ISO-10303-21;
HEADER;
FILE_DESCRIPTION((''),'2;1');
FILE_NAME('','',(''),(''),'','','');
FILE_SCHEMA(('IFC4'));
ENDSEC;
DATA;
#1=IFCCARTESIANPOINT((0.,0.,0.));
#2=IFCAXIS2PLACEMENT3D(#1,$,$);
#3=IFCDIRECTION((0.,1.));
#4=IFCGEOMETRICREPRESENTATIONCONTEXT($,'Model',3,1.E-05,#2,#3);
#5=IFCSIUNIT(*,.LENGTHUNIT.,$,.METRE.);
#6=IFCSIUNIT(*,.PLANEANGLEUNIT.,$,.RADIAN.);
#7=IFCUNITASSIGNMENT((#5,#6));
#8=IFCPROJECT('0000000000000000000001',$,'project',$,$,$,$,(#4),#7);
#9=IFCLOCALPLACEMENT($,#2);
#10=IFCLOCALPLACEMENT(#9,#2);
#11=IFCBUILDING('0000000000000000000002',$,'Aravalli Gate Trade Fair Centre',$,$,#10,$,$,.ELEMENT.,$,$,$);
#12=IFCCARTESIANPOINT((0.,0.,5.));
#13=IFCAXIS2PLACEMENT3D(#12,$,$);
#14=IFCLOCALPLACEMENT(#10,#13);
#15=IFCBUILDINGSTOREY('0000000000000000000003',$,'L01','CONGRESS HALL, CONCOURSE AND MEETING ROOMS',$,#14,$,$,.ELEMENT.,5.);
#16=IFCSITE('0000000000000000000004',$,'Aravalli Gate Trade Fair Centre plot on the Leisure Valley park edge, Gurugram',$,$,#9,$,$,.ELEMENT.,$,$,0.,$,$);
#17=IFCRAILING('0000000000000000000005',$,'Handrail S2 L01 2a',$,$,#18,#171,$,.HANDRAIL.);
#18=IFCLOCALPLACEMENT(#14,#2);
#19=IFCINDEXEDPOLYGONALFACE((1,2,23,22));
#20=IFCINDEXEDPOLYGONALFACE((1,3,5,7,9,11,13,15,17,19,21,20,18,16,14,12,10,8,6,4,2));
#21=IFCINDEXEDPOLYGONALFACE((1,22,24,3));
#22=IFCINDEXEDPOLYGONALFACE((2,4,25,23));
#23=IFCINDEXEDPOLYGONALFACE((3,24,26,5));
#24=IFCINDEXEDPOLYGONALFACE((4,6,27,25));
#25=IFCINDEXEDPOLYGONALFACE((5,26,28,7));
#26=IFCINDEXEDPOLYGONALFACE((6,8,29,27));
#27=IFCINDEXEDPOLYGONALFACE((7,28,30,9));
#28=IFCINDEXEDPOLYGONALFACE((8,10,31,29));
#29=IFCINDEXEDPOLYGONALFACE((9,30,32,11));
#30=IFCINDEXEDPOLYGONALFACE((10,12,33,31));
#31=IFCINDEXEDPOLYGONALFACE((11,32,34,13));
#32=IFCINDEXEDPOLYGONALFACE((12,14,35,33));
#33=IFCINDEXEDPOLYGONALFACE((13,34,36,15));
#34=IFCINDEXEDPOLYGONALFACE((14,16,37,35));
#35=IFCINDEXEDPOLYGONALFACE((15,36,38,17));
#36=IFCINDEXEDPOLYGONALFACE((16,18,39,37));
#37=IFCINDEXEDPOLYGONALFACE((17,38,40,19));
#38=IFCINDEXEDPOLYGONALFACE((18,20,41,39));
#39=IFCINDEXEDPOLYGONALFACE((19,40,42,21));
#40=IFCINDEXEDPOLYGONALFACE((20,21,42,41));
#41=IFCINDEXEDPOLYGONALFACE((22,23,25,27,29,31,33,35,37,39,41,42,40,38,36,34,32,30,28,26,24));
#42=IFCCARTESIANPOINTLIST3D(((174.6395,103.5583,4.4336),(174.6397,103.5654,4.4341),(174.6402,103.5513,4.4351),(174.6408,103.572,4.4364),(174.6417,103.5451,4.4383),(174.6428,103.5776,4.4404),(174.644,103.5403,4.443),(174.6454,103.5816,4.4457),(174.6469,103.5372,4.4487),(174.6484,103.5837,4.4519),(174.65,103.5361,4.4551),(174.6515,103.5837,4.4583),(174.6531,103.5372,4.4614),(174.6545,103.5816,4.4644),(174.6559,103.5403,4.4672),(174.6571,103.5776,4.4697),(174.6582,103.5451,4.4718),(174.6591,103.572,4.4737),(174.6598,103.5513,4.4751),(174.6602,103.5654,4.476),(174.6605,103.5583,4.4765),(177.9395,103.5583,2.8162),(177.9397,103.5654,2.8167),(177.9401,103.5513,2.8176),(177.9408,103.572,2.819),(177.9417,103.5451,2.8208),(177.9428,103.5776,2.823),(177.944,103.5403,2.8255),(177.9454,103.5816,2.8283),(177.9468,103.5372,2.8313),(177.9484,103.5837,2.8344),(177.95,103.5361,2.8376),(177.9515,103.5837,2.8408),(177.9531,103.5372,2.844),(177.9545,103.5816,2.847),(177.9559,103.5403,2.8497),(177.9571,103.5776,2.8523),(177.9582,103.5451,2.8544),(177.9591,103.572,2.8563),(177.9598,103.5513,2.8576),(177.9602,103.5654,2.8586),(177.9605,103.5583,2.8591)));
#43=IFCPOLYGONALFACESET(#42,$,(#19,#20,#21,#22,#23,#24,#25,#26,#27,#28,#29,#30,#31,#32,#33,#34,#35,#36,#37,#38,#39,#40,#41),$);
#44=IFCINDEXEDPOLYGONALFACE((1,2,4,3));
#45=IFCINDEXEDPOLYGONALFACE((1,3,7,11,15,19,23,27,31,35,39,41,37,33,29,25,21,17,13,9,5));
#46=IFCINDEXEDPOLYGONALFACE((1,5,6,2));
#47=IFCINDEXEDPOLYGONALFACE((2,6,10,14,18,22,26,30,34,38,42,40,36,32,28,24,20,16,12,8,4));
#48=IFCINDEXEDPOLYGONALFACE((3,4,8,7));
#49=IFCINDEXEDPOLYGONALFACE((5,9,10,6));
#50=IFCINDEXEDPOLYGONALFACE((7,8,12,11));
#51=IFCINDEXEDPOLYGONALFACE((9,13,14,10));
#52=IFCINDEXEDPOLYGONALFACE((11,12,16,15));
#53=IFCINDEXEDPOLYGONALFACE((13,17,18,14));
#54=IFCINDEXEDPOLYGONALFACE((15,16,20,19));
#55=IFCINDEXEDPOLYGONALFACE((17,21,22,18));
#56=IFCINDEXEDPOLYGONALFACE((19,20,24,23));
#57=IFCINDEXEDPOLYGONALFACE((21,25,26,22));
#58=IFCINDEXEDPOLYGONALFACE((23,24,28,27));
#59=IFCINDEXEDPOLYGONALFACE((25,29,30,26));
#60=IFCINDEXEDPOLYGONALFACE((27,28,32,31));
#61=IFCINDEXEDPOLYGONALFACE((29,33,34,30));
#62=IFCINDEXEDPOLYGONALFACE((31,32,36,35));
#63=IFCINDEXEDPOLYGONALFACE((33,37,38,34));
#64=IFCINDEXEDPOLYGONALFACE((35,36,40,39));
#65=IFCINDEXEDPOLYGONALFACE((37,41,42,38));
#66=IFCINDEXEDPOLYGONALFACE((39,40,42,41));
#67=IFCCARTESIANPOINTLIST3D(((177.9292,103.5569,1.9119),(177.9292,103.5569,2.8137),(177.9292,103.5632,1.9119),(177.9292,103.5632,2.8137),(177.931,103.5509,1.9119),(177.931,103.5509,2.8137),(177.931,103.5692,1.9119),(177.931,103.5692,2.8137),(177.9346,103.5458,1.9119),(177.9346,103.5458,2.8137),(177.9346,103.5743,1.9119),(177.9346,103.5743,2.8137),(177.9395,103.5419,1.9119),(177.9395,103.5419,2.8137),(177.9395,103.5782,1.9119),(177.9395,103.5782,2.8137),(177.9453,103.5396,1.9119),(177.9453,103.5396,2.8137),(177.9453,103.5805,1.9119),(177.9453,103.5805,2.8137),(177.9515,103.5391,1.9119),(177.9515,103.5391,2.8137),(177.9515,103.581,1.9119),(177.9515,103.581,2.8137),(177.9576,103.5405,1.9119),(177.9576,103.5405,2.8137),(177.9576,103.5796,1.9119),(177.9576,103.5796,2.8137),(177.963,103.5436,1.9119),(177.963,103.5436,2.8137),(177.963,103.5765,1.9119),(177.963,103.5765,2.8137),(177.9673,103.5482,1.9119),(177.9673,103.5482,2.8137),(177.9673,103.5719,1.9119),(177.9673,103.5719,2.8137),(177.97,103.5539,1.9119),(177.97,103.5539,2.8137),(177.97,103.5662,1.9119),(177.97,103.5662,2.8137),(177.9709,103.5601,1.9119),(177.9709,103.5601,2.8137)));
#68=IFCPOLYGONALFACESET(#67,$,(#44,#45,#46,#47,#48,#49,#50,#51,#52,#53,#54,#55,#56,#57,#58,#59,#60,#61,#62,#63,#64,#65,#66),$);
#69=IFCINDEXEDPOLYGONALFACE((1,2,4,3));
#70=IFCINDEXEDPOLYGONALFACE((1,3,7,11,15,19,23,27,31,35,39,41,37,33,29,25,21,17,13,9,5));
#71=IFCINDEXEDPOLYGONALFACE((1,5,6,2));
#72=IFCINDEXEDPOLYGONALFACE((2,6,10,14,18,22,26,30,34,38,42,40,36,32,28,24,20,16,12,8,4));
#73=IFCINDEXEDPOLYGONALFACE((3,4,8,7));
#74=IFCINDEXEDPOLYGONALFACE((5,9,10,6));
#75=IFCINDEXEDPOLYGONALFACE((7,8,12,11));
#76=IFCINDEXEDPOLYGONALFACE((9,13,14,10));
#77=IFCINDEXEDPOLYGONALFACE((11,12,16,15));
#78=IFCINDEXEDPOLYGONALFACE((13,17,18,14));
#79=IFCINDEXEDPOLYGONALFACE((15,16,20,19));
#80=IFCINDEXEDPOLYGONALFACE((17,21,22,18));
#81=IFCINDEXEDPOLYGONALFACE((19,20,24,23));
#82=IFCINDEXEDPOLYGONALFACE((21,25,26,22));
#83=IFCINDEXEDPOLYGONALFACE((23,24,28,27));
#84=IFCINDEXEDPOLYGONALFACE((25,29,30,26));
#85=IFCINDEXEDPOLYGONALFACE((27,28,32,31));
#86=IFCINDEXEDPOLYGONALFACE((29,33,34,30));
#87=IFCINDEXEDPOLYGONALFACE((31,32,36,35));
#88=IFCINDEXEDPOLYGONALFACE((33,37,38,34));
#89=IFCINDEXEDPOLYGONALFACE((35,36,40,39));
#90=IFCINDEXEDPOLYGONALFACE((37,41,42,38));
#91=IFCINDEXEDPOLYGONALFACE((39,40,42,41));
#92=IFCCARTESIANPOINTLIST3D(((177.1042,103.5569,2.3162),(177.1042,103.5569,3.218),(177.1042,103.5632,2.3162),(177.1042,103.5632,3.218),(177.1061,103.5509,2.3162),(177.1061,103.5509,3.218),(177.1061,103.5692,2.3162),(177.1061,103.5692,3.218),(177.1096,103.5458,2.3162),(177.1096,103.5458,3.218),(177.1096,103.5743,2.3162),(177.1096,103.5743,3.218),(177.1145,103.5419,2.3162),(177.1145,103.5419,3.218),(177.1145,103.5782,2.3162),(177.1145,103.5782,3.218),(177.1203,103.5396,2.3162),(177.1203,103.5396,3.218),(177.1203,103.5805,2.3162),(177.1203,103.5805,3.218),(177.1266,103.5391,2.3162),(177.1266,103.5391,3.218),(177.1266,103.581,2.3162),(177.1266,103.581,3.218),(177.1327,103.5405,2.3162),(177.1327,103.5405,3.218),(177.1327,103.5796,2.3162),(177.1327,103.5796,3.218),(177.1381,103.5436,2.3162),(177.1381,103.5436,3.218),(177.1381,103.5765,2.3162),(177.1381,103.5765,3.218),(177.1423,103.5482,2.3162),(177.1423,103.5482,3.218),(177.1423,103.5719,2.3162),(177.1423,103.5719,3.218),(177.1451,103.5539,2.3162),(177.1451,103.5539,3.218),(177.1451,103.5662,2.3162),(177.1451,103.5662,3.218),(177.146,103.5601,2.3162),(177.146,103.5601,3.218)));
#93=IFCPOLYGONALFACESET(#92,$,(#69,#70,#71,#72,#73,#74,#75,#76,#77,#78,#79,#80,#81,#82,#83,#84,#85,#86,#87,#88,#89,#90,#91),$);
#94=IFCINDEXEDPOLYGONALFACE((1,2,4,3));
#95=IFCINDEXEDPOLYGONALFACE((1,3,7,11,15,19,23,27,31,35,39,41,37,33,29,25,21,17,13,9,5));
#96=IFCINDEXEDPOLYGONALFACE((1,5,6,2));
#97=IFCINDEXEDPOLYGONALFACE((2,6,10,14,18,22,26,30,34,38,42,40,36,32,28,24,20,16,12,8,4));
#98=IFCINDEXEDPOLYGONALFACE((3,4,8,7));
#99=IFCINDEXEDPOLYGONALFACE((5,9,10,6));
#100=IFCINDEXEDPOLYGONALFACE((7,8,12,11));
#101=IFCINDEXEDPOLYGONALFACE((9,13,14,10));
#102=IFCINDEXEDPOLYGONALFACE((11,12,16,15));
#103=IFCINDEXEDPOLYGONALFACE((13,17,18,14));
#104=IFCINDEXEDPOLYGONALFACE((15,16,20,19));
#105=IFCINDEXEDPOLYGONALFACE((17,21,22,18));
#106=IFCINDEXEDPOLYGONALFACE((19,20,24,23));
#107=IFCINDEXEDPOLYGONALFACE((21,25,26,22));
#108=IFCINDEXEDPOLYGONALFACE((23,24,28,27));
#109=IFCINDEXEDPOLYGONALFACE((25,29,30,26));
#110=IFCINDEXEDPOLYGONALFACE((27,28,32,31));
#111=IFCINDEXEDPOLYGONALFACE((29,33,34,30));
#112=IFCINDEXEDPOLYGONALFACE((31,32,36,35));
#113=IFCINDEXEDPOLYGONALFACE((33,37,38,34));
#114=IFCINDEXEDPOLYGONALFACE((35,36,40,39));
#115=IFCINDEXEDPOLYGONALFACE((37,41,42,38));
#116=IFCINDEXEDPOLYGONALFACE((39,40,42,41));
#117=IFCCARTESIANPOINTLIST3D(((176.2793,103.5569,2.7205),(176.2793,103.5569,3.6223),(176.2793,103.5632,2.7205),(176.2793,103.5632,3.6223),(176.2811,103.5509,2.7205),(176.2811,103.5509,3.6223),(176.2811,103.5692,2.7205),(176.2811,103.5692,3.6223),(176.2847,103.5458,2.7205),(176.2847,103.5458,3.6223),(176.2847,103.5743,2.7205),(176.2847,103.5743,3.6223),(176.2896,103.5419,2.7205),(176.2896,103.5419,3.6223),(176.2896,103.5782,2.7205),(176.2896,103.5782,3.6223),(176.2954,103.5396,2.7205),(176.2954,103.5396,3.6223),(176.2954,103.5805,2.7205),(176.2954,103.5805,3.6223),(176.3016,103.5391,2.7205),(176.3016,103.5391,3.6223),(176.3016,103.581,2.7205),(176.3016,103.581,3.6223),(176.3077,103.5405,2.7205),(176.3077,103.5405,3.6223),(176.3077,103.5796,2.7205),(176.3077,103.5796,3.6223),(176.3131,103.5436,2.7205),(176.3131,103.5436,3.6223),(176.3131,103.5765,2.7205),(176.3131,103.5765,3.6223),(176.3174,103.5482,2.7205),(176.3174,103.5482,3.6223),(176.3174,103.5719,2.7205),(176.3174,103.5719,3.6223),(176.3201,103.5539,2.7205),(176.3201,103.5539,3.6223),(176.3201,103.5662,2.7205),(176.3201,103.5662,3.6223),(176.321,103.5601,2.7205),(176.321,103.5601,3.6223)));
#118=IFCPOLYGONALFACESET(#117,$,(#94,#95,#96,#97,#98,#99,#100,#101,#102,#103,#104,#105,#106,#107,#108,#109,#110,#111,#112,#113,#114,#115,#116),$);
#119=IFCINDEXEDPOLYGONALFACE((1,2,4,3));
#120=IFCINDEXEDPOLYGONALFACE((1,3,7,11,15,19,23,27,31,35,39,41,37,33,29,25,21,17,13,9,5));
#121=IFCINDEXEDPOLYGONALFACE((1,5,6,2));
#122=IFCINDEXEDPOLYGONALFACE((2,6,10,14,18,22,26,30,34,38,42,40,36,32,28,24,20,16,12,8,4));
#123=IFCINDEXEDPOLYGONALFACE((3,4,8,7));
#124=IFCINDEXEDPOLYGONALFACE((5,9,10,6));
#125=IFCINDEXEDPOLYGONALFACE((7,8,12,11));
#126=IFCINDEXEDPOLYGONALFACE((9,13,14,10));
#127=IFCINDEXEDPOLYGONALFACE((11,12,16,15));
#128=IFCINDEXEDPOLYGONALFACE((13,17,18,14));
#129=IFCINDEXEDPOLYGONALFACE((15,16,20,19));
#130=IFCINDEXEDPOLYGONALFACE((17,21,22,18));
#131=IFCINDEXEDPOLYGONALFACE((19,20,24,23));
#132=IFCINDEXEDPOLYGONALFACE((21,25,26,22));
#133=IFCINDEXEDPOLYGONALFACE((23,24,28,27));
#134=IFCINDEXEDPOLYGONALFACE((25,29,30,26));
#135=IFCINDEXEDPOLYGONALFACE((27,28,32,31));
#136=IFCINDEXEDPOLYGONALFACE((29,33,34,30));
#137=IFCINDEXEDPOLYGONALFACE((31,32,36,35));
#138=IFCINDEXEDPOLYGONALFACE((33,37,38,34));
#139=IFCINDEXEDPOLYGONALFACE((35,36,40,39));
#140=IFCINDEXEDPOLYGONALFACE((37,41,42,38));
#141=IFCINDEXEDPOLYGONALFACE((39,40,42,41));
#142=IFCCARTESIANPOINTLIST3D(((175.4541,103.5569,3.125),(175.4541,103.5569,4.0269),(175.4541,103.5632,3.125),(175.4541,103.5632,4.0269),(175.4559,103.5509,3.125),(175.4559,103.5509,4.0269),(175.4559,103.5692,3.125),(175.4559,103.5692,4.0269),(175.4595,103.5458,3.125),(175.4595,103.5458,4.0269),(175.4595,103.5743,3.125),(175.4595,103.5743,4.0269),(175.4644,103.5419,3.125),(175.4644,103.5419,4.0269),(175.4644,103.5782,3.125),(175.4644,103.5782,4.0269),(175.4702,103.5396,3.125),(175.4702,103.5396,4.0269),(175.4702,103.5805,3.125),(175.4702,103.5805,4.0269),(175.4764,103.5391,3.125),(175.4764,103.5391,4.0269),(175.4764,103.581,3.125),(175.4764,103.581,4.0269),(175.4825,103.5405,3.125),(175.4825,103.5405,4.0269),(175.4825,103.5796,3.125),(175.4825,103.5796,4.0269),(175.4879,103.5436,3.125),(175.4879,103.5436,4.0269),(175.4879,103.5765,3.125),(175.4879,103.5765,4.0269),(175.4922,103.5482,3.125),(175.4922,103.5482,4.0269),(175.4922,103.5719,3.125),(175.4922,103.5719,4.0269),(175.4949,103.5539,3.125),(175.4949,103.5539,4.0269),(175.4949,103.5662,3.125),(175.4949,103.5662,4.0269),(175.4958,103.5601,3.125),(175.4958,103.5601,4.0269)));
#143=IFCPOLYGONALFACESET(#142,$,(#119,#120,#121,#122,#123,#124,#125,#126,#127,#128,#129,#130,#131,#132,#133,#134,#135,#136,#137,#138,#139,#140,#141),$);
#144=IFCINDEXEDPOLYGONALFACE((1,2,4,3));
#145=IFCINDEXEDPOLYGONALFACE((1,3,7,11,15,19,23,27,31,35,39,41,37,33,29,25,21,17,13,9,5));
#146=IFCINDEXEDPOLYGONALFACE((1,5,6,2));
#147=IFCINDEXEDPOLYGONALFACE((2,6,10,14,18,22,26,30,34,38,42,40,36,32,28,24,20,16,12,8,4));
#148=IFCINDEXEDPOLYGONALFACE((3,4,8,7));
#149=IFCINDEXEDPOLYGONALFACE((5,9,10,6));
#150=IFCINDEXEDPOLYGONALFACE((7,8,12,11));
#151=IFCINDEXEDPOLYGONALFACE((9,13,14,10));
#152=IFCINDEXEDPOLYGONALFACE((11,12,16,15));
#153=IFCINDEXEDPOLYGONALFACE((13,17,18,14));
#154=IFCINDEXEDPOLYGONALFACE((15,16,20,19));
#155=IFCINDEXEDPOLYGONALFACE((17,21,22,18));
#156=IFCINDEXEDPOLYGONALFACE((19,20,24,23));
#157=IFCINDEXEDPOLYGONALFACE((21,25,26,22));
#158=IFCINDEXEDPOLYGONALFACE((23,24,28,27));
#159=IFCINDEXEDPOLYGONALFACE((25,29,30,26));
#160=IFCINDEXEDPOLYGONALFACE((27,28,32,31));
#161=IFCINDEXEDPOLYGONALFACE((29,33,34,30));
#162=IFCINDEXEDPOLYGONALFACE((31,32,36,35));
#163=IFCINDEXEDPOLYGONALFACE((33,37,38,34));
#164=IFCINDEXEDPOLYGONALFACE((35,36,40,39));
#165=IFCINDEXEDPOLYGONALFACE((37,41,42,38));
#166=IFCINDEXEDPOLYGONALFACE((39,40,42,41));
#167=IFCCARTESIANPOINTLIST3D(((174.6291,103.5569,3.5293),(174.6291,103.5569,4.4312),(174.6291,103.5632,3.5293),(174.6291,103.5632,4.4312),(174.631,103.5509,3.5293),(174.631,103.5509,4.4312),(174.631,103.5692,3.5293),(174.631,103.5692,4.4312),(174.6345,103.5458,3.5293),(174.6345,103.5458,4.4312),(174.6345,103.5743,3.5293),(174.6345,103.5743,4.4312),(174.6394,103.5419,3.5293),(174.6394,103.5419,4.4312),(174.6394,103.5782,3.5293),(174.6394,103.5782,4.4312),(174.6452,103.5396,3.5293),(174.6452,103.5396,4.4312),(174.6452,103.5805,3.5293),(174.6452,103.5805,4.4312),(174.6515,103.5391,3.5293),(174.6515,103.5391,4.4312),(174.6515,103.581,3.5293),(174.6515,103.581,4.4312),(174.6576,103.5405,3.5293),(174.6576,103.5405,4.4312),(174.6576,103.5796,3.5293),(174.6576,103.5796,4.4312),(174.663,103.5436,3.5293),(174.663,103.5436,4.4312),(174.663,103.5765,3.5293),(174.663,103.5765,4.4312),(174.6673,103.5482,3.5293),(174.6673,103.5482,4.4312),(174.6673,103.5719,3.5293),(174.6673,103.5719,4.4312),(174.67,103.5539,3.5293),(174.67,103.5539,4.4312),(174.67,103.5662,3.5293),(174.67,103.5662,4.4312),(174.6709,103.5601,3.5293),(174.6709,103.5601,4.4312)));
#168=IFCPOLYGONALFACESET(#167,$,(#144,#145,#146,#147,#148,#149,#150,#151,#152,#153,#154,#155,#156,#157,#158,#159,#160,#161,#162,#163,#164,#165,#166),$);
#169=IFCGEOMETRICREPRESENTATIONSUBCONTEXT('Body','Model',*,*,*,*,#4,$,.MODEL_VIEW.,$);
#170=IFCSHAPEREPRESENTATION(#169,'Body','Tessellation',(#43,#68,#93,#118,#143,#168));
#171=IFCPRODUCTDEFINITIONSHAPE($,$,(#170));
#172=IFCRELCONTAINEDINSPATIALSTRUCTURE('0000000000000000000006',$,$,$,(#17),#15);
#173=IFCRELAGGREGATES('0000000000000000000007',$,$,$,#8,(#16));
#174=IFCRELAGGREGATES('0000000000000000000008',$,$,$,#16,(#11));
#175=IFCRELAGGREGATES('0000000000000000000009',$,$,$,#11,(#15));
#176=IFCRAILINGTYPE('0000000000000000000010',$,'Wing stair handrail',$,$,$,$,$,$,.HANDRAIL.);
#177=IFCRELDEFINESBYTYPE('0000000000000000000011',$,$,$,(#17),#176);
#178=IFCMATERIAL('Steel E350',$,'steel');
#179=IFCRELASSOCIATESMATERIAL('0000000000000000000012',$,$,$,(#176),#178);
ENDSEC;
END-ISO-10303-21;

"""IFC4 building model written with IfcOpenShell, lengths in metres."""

from ifc_helpers import new_model, si_unit, direction, frame, origin, origin_2d, place, context, subcontext, project, spatial, circle, extrude, material, type_object, element, save


model = new_model("IFC4")

# Units and contexts
model_context = context("Model", 3, precision=1e-05, world=origin(), true_north=direction((0.0, 1.0)))
body_context = subcontext(model_context, "Body", "Model", "MODEL_VIEW")
ifc_project = project(units=[si_unit("LENGTHUNIT", "METRE"), si_unit("PLANEANGLEUNIT", "RADIAN")], contexts=[model_context])

# Site, building, storey
site_placement = place(None, origin())
site = spatial("IfcSite", under=ifc_project, at=site_placement, Name="Aravalli Gate Trade Fair Centre plot on the Leisure Valley park edge, Gurugram", CompositionType="ELEMENT", RefElevation=0.0)
building_placement = place(site_placement, origin())
building = spatial("IfcBuilding", under=site, at=building_placement, Name="Aravalli Gate Trade Fair Centre", CompositionType="ELEMENT")
storey_placement = place(building_placement, frame((0.0, 0.0, 5.0)))
storey = spatial("IfcBuildingStorey", under=building, at=storey_placement, Name="L01", Description="CONGRESS HALL, CONCOURSE AND MEETING ROOMS", CompositionType="ELEMENT", Elevation=5.0)

# Railing
ifc_material_1 = material(Name="Steel E350", Category="steel")
railing_type_1 = type_object("IfcRailingType", Name="Wing stair handrail", PredefinedType="HANDRAIL", material=ifc_material_1)
for number, where, name in (
    (1, (177.95, 103.5601, 1.9119), "Handrail S2 L01 2a"),
):
    element("IfcRailing", number, at=place(storey_placement, frame(where)), inside=storey, type_object=railing_type_1, Name=name, PredefinedType="HANDRAIL", context=body_context, shape_type="SweptSolid", body=[
        extrude(circle(Radius=0.0239, at=origin_2d()), frame((0.0, 0.0, 0.9258), z_axis=(-0.897946, 0.0, 0.440105), x_axis=(0.0, -1.0, 0.0)), (0.0, 0.0, 1.0), 3.675),
        extrude(circle(Radius=0.021, at=origin_2d()), origin(), (0.0, 0.0, 1.0), 0.9019),
        extrude(circle(Radius=0.021, at=origin_2d()), frame((-0.825, 0.0, 0.4043)), (0.0, 0.0, 1.0), 0.9019),
        extrude(circle(Radius=0.021, at=origin_2d()), frame((-1.6499, 0.0, 0.8086)), (0.0, 0.0, 1.0), 0.9019),
        extrude(circle(Radius=0.021, at=origin_2d()), frame((-2.4751, 0.0, 1.2131)), (0.0, 0.0, 1.0), 0.9019),
        extrude(circle(Radius=0.021, at=origin_2d()), frame((-3.3, 0.0, 1.6174)), (0.0, 0.0, 1.0), 0.9019),
    ])

save(model, "model.ifc")
